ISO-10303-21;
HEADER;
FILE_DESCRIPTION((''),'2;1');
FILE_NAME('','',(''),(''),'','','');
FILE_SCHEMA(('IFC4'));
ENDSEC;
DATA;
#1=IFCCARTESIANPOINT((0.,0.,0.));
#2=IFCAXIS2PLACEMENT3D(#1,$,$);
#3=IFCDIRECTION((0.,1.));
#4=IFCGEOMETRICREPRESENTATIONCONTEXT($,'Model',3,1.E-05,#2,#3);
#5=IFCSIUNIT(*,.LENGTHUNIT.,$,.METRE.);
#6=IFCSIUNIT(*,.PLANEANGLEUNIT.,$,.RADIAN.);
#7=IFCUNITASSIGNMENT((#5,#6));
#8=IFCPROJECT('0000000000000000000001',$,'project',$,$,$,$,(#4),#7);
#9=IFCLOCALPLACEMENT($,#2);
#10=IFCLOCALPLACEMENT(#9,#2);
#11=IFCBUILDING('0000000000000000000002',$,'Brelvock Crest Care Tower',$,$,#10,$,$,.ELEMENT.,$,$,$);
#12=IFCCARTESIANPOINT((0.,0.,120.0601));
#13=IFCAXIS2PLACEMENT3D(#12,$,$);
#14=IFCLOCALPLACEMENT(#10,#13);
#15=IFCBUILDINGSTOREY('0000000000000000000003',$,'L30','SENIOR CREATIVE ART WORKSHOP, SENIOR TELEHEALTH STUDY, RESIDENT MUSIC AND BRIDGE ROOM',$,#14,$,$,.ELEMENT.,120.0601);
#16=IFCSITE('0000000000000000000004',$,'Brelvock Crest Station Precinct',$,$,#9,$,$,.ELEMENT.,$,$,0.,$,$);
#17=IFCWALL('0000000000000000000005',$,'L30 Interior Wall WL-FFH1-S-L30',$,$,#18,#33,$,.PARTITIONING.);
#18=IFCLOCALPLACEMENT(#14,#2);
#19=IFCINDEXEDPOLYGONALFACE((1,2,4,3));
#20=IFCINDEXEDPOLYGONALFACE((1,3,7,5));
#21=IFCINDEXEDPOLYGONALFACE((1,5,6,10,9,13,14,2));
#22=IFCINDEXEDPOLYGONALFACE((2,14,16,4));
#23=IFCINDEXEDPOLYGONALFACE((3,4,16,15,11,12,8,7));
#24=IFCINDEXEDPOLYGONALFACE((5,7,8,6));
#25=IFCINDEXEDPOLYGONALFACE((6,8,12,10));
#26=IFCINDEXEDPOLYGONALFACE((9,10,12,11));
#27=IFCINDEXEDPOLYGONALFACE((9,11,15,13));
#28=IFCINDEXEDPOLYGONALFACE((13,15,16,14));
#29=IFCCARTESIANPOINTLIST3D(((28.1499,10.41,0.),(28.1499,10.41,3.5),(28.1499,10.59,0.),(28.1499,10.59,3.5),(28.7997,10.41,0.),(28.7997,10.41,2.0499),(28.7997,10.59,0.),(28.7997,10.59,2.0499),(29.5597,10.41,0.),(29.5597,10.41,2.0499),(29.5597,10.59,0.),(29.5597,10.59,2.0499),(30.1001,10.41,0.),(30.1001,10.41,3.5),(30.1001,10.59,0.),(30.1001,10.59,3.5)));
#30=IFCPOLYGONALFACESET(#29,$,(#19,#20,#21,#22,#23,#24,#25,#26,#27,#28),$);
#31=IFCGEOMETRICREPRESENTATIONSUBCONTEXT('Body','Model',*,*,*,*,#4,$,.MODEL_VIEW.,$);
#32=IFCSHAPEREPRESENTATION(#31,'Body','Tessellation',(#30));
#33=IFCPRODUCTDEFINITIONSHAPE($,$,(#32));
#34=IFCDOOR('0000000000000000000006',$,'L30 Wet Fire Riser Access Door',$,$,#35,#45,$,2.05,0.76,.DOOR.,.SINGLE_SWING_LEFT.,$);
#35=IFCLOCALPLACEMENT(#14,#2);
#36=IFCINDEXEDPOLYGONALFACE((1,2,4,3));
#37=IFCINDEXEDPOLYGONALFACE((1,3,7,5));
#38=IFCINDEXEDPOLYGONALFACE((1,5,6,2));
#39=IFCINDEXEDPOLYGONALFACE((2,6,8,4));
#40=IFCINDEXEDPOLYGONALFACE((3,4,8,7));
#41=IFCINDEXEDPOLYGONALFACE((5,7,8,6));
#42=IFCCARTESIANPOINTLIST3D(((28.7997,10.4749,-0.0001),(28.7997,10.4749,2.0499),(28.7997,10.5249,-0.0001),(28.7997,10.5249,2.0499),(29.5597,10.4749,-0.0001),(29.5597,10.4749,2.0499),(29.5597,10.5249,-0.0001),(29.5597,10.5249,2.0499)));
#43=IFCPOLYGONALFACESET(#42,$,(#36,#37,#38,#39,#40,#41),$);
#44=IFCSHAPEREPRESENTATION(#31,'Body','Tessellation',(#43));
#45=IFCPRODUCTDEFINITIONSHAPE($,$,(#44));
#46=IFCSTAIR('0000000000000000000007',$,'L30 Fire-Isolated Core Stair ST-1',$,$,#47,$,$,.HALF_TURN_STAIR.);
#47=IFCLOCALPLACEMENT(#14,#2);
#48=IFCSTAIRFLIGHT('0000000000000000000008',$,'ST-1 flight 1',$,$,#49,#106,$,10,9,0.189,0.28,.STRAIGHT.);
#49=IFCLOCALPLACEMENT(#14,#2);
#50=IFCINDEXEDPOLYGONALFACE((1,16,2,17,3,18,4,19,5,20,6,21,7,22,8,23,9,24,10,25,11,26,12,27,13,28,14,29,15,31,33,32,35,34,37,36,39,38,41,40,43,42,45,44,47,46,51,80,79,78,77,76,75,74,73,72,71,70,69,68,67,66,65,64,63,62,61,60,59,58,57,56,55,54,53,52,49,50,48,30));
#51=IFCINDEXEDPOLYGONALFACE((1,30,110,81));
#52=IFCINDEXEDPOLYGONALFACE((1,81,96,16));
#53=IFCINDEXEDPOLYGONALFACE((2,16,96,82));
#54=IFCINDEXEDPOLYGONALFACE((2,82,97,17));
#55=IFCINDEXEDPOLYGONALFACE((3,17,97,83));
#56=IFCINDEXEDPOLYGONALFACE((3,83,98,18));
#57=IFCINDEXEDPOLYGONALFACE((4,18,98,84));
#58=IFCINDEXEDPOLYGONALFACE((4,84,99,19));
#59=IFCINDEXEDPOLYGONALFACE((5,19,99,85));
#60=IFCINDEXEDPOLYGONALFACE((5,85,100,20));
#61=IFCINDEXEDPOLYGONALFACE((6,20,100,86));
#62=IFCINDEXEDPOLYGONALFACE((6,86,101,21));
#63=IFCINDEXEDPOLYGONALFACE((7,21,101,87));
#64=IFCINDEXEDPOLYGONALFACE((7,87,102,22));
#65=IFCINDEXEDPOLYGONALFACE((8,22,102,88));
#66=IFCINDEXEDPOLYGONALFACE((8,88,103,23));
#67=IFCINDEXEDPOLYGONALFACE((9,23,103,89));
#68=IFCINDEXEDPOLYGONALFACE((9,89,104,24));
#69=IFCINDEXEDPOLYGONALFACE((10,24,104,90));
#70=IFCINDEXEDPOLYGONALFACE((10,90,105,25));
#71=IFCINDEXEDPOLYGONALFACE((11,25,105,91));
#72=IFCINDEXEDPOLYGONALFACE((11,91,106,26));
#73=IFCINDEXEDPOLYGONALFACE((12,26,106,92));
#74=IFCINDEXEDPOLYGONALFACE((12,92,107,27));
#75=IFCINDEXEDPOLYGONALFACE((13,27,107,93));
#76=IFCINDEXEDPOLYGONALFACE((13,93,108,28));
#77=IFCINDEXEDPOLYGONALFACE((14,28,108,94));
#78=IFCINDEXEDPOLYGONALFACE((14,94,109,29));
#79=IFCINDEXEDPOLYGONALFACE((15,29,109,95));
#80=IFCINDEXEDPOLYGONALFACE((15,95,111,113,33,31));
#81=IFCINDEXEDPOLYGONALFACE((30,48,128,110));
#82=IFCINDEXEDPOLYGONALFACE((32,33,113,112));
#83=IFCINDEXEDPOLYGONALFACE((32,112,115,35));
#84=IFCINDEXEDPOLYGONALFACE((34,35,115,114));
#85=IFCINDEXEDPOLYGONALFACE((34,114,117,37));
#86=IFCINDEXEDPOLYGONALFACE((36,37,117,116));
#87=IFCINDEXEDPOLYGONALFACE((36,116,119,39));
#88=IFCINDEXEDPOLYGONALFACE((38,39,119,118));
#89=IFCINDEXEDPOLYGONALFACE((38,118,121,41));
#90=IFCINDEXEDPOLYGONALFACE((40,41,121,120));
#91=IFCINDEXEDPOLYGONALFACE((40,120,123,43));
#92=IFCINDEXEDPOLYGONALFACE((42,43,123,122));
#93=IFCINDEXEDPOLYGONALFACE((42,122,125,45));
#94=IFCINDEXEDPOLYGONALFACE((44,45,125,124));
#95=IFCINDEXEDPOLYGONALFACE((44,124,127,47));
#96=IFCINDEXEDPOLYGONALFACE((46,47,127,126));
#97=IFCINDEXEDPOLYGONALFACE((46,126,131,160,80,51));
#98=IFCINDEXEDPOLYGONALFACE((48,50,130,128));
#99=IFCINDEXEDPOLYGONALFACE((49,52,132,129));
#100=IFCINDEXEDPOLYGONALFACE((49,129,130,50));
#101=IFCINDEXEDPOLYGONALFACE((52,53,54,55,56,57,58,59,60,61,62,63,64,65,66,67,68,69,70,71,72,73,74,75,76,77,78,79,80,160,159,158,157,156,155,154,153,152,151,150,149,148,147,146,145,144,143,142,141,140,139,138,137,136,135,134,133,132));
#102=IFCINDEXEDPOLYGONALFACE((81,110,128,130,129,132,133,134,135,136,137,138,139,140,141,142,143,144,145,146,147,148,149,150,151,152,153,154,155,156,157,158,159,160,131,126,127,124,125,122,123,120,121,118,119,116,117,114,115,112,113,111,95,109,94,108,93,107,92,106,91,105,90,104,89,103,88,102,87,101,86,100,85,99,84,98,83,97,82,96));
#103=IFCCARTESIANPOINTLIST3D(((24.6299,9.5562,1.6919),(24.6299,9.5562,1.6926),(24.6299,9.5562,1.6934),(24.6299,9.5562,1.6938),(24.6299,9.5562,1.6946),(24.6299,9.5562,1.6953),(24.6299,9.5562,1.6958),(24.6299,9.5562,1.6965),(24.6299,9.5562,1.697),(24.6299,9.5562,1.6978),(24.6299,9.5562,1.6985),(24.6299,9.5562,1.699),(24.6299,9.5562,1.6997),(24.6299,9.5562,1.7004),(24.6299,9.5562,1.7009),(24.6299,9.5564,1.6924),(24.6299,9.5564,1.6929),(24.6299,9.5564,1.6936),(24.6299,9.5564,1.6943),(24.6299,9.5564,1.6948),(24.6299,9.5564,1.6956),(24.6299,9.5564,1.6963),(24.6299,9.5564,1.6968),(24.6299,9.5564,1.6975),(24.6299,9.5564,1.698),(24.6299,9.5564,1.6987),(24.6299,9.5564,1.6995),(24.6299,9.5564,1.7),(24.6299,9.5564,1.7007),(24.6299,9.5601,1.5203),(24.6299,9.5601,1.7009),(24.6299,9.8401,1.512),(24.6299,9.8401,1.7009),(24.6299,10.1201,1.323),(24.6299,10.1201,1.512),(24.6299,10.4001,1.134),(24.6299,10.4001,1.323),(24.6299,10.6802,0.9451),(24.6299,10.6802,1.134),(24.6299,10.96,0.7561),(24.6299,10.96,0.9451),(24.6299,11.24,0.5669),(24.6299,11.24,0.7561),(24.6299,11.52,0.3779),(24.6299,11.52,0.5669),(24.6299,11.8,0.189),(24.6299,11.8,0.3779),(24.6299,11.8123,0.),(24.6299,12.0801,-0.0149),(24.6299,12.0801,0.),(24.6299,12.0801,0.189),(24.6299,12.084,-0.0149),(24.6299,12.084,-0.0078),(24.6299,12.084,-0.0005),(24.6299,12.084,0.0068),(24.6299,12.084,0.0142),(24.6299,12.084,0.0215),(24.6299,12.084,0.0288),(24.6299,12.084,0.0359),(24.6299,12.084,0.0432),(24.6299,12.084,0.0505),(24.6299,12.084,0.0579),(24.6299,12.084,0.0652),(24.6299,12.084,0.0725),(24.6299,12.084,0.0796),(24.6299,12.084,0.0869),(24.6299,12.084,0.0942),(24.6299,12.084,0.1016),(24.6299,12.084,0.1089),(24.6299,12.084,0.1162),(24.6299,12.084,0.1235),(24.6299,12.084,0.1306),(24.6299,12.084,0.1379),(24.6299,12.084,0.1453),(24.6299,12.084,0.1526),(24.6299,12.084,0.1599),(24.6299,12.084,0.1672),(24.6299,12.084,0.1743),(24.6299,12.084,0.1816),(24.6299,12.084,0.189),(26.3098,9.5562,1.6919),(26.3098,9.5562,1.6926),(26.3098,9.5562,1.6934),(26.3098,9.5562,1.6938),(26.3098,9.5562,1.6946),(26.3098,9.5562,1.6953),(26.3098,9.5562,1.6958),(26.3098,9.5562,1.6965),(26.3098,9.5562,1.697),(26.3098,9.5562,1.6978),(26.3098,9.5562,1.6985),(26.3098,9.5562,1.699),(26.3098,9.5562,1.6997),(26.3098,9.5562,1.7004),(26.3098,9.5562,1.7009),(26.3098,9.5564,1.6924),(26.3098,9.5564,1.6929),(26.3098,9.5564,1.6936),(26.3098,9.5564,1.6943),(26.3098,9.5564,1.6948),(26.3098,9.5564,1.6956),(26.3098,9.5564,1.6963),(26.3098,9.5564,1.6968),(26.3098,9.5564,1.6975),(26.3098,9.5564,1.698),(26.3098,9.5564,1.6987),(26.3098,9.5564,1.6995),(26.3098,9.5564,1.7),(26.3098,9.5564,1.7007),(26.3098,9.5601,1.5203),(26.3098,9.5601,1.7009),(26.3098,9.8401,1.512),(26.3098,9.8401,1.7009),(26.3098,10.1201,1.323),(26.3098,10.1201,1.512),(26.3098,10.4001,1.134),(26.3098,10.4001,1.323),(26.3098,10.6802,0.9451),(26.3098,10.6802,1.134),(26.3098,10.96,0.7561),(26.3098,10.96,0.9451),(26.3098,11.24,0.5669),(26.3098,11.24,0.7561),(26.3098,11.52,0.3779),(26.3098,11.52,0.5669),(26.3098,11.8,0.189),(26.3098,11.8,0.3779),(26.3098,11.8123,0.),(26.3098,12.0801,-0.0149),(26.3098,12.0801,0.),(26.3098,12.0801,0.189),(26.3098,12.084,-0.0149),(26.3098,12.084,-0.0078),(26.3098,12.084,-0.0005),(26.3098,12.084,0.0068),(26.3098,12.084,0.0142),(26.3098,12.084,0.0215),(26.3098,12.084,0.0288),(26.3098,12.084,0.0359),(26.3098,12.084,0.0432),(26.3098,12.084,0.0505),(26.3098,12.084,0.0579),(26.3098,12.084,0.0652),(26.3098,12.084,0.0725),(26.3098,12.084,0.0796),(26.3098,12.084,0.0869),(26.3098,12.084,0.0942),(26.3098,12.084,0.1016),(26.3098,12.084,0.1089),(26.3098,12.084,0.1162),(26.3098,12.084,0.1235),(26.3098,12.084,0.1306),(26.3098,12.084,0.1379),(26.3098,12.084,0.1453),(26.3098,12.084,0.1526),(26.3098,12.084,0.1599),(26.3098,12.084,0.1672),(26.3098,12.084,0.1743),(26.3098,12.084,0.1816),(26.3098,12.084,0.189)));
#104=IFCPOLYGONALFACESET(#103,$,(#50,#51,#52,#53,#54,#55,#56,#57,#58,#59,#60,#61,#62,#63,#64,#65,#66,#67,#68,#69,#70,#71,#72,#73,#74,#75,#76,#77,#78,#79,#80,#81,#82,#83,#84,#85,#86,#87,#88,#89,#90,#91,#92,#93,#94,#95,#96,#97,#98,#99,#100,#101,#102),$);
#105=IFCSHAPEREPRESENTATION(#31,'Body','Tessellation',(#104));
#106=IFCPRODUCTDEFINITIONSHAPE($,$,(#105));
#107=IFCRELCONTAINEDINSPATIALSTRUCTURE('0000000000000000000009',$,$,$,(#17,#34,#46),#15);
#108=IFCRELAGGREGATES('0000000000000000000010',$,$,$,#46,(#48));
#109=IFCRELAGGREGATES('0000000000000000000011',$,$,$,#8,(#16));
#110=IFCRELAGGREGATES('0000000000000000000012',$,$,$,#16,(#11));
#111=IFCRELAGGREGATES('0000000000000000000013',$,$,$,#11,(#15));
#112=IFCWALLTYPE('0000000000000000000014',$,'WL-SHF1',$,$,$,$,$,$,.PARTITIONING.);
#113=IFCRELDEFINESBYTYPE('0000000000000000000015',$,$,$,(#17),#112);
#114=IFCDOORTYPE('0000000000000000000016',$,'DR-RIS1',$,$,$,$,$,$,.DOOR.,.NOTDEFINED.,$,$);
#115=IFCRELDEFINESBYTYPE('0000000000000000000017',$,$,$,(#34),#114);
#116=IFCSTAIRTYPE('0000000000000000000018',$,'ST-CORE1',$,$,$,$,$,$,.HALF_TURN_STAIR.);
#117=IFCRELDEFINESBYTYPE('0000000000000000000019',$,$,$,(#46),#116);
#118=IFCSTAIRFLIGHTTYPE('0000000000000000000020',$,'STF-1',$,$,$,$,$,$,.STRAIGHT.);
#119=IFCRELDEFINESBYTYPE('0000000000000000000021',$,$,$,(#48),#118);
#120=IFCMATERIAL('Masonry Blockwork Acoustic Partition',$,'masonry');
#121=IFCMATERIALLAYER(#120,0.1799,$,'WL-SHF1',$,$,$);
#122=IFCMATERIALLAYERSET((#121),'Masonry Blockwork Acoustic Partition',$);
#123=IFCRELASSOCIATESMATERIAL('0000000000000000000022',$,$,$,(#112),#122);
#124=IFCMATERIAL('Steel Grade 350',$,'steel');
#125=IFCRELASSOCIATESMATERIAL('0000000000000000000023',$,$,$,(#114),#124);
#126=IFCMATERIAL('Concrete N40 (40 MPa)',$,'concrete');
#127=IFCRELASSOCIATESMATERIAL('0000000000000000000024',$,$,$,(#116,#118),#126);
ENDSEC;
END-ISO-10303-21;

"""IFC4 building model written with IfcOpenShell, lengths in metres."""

from ifc_helpers import new_model, si_unit, direction, frame, frame_2d, origin, origin_2d, place, context, subcontext, project, spatial, polyline, rectangle, outline, extrude, source, transform, mapped, material, layer, layer_set, type_object, element, fill, aggregate, save


model = new_model("IFC4")

# Units and contexts
model_context = context("Model", 3, precision=1e-05, world=origin(), true_north=direction((0.0, 1.0)))
body_context = subcontext(model_context, "Body", "Model", "MODEL_VIEW")
ifc_project = project(units=[si_unit("LENGTHUNIT", "METRE"), si_unit("PLANEANGLEUNIT", "RADIAN")], contexts=[model_context])

# Site, building, storey
site_placement = place(None, origin())
site = spatial("IfcSite", under=ifc_project, at=site_placement, Name="Brelvock Crest Station Precinct", CompositionType="ELEMENT", RefElevation=0.0)
building_placement = place(site_placement, origin())
building = spatial("IfcBuilding", under=site, at=building_placement, Name="Brelvock Crest Care Tower", CompositionType="ELEMENT")
storey_placement = place(building_placement, frame((0.0, 0.0, 120.0601)))
storey = spatial("IfcBuildingStorey", under=building, at=storey_placement, Name="L30", Description="SENIOR CREATIVE ART WORKSHOP, SENIOR TELEHEALTH STUDY, RESIDENT MUSIC AND BRIDGE ROOM", CompositionType="ELEMENT", Elevation=120.0601)

# Shared definitions
ifc_material_1 = material(Name="Steel Grade 350", Category="steel")

# Shared definitions
ifc_material_2 = material(Name="Masonry Blockwork Acoustic Partition", Category="masonry")
ifc_layer_1 = layer(ifc_material_2, 0.1799, Name="WL-SHF1")
ifc_layer_set_1 = layer_set([ifc_layer_1], Name="Masonry Blockwork Acoustic Partition")
wall_type_1 = type_object("IfcWallType", Name="WL-SHF1", PredefinedType="PARTITIONING", material=ifc_layer_set_1)

# Wall, opening, door
wall_1_placement = place(storey_placement, frame((28.1499, 10.5, 0.0), z_axis=(0.0, 0.0, 1.0), x_axis=(1.0, 0.0, 0.0)))
wall_1 = element("IfcWall", 1, at=wall_1_placement, inside=storey, type_object=wall_type_1, Name="L30 Interior Wall WL-FFH1-S-L30", PredefinedType="PARTITIONING", context=body_context, shape_type="SweptSolid", body=[
    extrude(rectangle(XDim=1.9502, YDim=0.1799, at=frame_2d((0.9751, 0.0))), origin(), (0.0, 0.0, 1.0), 3.5),
])
opening_placement = place(wall_1_placement, frame((0.6499, 0.0, 0.0)))
opening = element("IfcOpeningElement", 2, at=opening_placement, cuts=wall_1, PredefinedType="OPENING", context=body_context, shape_type="SweptSolid", body=[
    extrude(rectangle(XDim=0.76, YDim=2.05, at=origin_2d()), frame((0.3799, 0.1001, 1.0249), z_axis=(0.0, -1.0, 0.0), x_axis=(1.0, 0.0, 0.0)), (0.0, 0.0, 1.0), 0.2),
])
door_type = type_object("IfcDoorType", Name="DR-RIS1", OperationType="NOTDEFINED", PredefinedType="DOOR", material=ifc_material_1)
shared_shape_1 = source(origin(), body_context, "Body", "SweptSolid", [
    extrude(rectangle(XDim=0.76, YDim=2.05, at=origin_2d()), frame((0.3799, 0.0249, 1.0249), z_axis=(0.0, -1.0, 0.0), x_axis=(1.0, 0.0, 0.0)), (0.0, 0.0, 1.0), 0.05),
])
door_placement = place(opening_placement, origin())
door = element("IfcDoor", 3, at=door_placement, inside=storey, type_object=door_type, Name="L30 Wet Fire Riser Access Door", OperationType="SINGLE_SWING_LEFT", OverallHeight=2.05, OverallWidth=0.76, PredefinedType="DOOR", context=body_context, shape_type="MappedRepresentation", body=[
    mapped(shared_shape_1, transform((0.0, 0.0, 0.0), x_axis=(1.0, 0.0, 0.0), y_axis=(0.0, 1.0, 0.0), z_axis=(0.0, 0.0, 1.0), scale=1.0)),
])
fill(opening, door)

# Stair, stair flight
ifc_material_3 = material(Name="Concrete N40 (40 MPa)", Category="concrete")
stair_type = type_object("IfcStairType", Name="ST-CORE1", PredefinedType="HALF_TURN_STAIR", material=ifc_material_3)
stair_placement = place(storey_placement, origin())
stair = element("IfcStair", 4, at=stair_placement, inside=storey, type_object=stair_type, Name="L30 Fire-Isolated Core Stair ST-1", PredefinedType="HALF_TURN_STAIR")
stair_flight_type = type_object("IfcStairFlightType", Name="STF-1", PredefinedType="STRAIGHT", material=ifc_material_3)
stair_flight_1_placement = place(storey_placement, frame((25.47, 12.0801, 0.0), z_axis=(0.0, 0.0, 1.0), x_axis=(0.0, -1.0, 0.0)))
stair_flight_1 = element("IfcStairFlight", 5, at=stair_flight_1_placement, type_object=stair_flight_type, Name="ST-1 flight 1", NumberOfRisers=10, NumberOfTreads=9, PredefinedType="STRAIGHT", RiserHeight=0.189, TreadLength=0.28, context=body_context, shape_type="SweptSolid", body=[
    extrude(outline(polyline([(-0.0039, -0.0149), (-0.0039, -0.0078), (-0.0039, -0.0005), (-0.0039, 0.0068), (-0.0039, 0.0142), (-0.0039, 0.0215), (-0.0039, 0.0288), (-0.0039, 0.0359), (-0.0039, 0.0432), (-0.0039, 0.0505), (-0.0039, 0.0579), (-0.0039, 0.0652), (-0.0039, 0.0725), (-0.0039, 0.0796), (-0.0039, 0.0869), (-0.0039, 0.0942), (-0.0039, 0.1016), (-0.0039, 0.1089), (-0.0039, 0.1162), (-0.0039, 0.1235), (-0.0039, 0.1306), (-0.0039, 0.1379), (-0.0039, 0.1453), (-0.0039, 0.1526), (-0.0039, 0.1599), (-0.0039, 0.1672), (-0.0039, 0.1743), (-0.0039, 0.1816), (-0.0039, 0.189), (0.0, 0.189), (0.28, 0.189), (0.28, 0.3779), (0.5601, 0.3779), (0.5601, 0.5669), (0.8401, 0.5669), (0.8401, 0.7561), (1.1201, 0.7561), (1.1201, 0.9451), (1.3999, 0.9451), (1.3999, 1.134), (1.6799, 1.134), (1.6799, 1.323), (1.96, 1.323), (1.96, 1.512), (2.24, 1.512), (2.24, 1.7009), (2.52, 1.7009), (2.5239, 1.7009), (2.5237, 1.7007), (2.5239, 1.7004), (2.5237, 1.7), (2.5239, 1.6997), (2.5237, 1.6995), (2.5239, 1.699), (2.5237, 1.6987), (2.5239, 1.6985), (2.5237, 1.698), (2.5239, 1.6978), (2.5237, 1.6975), (2.5239, 1.697), (2.5237, 1.6968), (2.5239, 1.6965), (2.5237, 1.6963), (2.5239, 1.6958), (2.5237, 1.6956), (2.5239, 1.6953), (2.5237, 1.6948), (2.5239, 1.6946), (2.5237, 1.6943), (2.5239, 1.6938), (2.5237, 1.6936), (2.5239, 1.6934), (2.5237, 1.6929), (2.5239, 1.6926), (2.5237, 1.6924), (2.5239, 1.6919), (2.52, 1.5203), (0.2678, 0.0), (0.0, 0.0), (0.0, -0.0149), (-0.0039, -0.0149)])), frame((0.0, 0.8398, 0.0), z_axis=(0.0, -1.0, 0.0), x_axis=(1.0, 0.0, 0.0)), (0.0, 0.0, 1.0), 1.6799),
])
aggregate(stair, [stair_flight_1])

save(model, "model.ifc")
